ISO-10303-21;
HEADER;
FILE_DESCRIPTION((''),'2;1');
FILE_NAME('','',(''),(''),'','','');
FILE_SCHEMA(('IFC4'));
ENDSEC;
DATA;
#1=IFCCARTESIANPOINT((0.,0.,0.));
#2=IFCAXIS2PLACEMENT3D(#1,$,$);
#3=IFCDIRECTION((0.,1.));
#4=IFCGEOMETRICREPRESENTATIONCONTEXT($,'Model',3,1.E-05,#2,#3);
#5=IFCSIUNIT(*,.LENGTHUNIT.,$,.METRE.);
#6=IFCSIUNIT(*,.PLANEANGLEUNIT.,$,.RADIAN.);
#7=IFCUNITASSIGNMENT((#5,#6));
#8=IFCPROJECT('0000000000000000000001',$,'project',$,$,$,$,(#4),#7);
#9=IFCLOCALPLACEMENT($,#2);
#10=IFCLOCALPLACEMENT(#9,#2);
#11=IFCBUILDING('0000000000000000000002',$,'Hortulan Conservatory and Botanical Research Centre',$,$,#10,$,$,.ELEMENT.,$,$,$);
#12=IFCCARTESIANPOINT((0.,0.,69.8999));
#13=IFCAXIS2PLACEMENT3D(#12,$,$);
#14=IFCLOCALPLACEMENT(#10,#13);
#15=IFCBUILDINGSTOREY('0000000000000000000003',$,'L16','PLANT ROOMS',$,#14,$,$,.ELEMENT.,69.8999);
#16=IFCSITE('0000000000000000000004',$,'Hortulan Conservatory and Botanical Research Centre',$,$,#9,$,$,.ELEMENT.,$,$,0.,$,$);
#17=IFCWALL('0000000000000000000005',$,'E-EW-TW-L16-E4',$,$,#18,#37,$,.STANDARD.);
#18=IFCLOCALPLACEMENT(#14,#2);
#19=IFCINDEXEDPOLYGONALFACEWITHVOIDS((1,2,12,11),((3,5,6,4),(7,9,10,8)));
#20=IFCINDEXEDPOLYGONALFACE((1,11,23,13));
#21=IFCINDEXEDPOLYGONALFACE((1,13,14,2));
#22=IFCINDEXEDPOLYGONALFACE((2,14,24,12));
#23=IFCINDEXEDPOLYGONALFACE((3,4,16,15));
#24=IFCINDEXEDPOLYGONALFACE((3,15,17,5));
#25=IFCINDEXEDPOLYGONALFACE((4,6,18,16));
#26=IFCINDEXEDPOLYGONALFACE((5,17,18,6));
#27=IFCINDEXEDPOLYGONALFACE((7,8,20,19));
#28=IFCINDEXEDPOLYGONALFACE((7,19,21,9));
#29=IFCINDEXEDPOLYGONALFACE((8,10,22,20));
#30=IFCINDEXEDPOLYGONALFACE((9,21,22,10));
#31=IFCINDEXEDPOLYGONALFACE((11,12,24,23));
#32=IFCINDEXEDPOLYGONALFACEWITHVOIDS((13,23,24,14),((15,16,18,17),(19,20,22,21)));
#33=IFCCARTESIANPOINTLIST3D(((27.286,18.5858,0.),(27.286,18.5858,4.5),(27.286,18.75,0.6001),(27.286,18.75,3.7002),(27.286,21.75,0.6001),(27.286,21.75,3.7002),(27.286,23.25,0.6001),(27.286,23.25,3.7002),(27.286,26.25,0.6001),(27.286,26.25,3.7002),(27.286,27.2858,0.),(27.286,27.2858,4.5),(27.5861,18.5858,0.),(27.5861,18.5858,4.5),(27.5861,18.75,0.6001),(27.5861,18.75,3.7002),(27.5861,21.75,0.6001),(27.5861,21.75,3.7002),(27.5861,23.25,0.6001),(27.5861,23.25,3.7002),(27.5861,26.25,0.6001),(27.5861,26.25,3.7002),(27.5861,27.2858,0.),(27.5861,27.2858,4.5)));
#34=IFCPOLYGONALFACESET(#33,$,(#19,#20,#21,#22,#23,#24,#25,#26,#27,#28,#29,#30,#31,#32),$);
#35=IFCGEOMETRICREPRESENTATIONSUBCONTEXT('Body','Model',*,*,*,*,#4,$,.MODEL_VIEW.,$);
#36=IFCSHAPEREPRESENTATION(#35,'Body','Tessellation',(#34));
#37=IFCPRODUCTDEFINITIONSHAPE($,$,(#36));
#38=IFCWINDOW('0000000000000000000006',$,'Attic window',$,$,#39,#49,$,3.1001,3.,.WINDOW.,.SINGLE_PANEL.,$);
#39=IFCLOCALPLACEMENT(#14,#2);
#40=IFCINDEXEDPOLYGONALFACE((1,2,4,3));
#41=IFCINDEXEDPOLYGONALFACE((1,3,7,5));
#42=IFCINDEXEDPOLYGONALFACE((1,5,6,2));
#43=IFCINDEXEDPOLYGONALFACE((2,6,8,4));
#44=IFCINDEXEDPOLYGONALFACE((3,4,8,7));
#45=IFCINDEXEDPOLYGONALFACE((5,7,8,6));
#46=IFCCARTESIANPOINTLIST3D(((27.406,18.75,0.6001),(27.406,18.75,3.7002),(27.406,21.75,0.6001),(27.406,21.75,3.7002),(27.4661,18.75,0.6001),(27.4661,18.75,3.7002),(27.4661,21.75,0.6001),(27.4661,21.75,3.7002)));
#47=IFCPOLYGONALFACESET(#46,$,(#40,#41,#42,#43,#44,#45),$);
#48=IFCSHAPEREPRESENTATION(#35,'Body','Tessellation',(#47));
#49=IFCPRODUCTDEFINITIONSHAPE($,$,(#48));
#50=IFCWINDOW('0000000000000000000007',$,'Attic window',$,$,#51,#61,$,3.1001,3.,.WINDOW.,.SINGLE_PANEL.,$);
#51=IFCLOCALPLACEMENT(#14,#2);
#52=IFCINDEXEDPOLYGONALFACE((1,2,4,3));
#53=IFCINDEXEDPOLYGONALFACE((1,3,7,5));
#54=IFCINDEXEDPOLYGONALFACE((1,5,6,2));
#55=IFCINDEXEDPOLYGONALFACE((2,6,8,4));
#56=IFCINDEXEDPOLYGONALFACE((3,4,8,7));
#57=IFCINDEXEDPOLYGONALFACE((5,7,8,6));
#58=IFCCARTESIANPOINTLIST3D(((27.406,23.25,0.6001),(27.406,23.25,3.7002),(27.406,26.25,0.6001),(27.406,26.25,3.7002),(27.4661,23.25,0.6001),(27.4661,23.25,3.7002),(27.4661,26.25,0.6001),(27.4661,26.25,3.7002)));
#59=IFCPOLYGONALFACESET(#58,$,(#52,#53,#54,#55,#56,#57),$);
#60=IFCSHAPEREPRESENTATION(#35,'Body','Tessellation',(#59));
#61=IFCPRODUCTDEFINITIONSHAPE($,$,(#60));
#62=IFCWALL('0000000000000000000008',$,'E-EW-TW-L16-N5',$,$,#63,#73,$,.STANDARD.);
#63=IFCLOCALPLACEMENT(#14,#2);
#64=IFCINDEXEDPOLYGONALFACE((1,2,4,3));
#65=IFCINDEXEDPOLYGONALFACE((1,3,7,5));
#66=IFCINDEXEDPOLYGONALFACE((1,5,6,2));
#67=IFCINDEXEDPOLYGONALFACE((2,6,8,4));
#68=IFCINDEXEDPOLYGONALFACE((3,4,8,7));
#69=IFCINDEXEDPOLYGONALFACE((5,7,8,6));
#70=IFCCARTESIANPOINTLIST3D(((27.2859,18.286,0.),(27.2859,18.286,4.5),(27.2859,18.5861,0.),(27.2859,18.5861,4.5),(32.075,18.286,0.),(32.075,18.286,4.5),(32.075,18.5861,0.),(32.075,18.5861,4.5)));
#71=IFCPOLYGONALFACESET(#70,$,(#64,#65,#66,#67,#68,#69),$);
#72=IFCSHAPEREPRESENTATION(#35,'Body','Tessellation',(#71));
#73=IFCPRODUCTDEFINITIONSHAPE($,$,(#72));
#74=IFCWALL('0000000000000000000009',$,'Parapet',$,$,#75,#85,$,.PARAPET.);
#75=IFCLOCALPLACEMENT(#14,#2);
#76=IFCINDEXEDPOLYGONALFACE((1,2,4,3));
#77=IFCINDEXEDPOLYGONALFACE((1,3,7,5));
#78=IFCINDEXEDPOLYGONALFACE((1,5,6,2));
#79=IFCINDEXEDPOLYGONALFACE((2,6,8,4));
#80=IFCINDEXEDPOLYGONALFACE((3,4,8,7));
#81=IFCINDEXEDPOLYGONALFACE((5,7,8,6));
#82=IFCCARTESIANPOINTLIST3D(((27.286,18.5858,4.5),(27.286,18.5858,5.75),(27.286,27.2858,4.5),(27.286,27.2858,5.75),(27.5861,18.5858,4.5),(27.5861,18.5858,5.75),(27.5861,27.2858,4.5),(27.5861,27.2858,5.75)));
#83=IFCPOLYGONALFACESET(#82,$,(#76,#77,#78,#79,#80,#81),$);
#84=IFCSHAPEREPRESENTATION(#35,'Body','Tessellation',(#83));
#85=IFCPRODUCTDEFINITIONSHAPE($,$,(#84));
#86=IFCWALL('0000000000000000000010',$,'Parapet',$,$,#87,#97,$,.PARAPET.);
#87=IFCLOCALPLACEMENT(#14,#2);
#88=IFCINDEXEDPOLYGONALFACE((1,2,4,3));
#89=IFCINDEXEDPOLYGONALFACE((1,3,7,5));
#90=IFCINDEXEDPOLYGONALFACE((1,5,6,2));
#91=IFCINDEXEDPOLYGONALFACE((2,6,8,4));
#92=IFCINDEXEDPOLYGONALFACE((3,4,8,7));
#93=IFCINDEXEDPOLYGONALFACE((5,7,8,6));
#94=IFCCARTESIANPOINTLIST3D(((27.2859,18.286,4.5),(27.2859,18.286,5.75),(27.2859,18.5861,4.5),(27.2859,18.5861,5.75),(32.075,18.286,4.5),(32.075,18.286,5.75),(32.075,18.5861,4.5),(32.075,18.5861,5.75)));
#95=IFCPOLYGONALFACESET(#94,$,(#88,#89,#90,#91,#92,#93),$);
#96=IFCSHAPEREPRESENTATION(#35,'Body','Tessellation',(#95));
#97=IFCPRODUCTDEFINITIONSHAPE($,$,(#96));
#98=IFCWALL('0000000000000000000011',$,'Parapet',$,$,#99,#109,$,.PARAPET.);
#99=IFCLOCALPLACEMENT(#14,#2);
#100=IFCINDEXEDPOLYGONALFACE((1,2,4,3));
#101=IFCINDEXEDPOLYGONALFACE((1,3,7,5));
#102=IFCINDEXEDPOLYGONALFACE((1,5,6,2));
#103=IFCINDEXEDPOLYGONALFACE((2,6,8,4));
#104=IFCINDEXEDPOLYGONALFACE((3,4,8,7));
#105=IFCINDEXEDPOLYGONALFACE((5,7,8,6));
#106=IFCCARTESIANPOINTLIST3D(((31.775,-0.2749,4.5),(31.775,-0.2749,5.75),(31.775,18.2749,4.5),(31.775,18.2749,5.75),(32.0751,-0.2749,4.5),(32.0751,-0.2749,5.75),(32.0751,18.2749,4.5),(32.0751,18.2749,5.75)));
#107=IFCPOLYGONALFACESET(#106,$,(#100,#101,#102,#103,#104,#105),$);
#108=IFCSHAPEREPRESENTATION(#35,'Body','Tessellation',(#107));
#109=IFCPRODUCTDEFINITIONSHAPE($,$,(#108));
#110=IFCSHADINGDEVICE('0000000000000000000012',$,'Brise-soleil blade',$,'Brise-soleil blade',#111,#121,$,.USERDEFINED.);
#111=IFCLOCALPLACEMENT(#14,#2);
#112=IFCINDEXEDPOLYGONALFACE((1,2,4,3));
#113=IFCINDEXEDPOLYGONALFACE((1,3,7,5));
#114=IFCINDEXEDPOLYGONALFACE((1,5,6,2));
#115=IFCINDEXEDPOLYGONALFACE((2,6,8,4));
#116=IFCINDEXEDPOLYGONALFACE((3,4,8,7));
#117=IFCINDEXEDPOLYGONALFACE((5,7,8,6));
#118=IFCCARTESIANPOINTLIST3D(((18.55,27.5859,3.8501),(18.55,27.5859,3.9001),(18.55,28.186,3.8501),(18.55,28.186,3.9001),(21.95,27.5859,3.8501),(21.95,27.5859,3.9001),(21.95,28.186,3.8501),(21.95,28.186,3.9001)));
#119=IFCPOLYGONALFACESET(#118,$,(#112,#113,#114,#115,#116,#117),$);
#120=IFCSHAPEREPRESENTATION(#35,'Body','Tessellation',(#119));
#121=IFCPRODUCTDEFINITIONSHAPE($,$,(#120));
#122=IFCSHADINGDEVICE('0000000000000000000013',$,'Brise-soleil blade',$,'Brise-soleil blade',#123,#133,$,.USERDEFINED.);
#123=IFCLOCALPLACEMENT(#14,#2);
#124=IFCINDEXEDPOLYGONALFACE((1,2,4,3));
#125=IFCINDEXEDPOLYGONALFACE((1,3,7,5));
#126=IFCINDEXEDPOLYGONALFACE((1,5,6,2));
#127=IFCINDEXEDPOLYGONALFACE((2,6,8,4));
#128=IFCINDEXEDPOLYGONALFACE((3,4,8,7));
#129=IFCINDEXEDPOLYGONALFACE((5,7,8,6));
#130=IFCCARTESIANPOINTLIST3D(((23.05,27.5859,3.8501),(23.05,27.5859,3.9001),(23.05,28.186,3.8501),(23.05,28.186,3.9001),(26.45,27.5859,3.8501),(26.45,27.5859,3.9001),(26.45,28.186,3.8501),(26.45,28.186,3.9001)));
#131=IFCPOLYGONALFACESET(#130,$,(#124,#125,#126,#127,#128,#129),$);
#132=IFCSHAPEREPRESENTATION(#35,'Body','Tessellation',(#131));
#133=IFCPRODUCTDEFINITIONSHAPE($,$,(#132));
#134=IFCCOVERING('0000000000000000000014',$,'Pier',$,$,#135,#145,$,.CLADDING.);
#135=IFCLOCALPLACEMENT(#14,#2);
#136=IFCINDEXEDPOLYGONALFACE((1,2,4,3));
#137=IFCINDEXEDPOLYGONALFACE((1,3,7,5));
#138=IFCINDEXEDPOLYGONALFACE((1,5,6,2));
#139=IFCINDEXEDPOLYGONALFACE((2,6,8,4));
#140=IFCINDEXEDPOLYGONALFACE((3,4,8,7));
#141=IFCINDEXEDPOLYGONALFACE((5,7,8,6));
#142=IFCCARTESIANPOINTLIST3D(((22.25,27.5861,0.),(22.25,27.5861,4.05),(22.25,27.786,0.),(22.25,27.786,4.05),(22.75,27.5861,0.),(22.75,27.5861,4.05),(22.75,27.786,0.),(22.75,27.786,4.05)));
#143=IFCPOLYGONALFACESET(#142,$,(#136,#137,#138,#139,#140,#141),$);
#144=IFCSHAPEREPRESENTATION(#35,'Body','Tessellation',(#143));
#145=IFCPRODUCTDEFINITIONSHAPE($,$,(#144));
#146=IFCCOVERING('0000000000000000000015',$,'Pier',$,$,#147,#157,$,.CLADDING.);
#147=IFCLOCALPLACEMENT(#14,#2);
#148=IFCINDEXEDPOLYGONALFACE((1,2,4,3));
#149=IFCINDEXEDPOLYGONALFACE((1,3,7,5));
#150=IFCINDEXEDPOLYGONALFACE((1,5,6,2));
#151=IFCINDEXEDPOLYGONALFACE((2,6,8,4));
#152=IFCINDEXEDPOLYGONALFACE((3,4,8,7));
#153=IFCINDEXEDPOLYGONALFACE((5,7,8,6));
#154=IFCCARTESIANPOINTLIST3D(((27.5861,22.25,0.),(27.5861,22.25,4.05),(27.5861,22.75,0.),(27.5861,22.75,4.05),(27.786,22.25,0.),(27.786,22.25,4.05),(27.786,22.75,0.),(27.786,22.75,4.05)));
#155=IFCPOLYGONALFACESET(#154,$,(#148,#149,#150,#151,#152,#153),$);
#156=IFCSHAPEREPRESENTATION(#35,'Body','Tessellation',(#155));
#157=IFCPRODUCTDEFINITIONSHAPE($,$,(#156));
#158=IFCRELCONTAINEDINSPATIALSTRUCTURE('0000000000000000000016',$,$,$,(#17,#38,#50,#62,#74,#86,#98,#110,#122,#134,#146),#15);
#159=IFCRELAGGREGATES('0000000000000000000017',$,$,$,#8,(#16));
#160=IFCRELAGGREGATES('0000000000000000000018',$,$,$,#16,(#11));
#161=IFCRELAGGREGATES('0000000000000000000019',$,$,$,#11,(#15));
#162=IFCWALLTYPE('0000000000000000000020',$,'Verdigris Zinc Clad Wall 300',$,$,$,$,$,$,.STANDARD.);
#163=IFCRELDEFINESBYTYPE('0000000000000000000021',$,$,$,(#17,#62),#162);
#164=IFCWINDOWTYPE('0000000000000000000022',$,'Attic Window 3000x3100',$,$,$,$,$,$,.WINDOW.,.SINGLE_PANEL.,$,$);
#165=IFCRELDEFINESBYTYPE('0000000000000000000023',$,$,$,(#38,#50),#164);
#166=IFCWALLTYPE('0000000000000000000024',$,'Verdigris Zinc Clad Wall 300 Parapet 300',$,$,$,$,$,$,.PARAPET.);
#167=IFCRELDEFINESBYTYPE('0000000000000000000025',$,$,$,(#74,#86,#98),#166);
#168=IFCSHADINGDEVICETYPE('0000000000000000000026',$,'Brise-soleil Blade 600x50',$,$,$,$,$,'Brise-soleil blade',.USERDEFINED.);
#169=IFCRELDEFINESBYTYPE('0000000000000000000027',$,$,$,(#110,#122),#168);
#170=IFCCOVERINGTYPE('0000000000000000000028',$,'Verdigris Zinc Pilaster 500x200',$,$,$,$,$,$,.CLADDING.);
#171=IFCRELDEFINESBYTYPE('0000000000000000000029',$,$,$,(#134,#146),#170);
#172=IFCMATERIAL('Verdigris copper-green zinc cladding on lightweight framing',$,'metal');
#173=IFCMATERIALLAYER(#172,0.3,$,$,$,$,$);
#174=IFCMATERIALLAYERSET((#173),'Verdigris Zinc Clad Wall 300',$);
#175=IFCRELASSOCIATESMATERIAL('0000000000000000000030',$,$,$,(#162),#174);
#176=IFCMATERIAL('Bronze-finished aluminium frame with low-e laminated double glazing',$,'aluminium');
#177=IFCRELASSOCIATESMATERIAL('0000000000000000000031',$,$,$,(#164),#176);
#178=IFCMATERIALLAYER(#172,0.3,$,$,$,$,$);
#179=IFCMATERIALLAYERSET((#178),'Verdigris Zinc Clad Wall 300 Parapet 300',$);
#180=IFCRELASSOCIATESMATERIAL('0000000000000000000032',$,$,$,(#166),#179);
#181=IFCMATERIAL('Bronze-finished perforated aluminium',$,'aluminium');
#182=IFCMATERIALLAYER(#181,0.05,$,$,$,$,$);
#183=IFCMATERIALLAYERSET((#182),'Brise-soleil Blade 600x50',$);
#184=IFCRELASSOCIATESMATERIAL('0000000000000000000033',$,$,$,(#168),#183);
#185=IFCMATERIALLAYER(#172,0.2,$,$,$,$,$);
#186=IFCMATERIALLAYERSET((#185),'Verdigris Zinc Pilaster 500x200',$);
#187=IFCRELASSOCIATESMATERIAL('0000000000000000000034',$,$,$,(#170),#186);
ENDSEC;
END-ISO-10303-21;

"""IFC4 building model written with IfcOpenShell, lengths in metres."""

from ifc_helpers import new_model, si_unit, direction, frame, frame_2d, origin, origin_2d, place, context, subcontext, project, spatial, rectangle, extrude, material, layer, layer_set, type_object, element, fill, save


model = new_model("IFC4")

# Units and contexts
model_context = context("Model", 3, precision=1e-05, world=origin(), true_north=direction((0.0, 1.0)))
body_context = subcontext(model_context, "Body", "Model", "MODEL_VIEW")
ifc_project = project(units=[si_unit("LENGTHUNIT", "METRE"), si_unit("PLANEANGLEUNIT", "RADIAN")], contexts=[model_context])

# Site, building, storey
site_placement = place(None, origin())
site = spatial("IfcSite", under=ifc_project, at=site_placement, Name="Hortulan Conservatory and Botanical Research Centre", CompositionType="ELEMENT", RefElevation=0.0)
building_placement = place(site_placement, origin())
building = spatial("IfcBuilding", under=site, at=building_placement, Name="Hortulan Conservatory and Botanical Research Centre", CompositionType="ELEMENT")
storey_placement = place(building_placement, frame((0.0, 0.0, 69.8999)))
storey = spatial("IfcBuildingStorey", under=building, at=storey_placement, Name="L16", Description="PLANT ROOMS", CompositionType="ELEMENT", Elevation=69.8999)

# Wall, openings, windows
ifc_material_1 = material(Name="Verdigris copper-green zinc cladding on lightweight framing", Category="metal")
ifc_layer_1 = layer(ifc_material_1, 0.3)
ifc_layer_set_1 = layer_set([ifc_layer_1], Name="Verdigris Zinc Clad Wall 300")
wall_type_1 = type_object("IfcWallType", Name="Verdigris Zinc Clad Wall 300", PredefinedType="STANDARD", material=ifc_layer_set_1)
wall_1_placement = place(storey_placement, frame((27.436, 27.2859, 0.0), z_axis=(0.0, 0.0, 1.0), x_axis=(0.0, -1.0, 0.0)))
wall_1 = element("IfcWall", 1, at=wall_1_placement, inside=storey, type_object=wall_type_1, Name="E-EW-TW-L16-E4", PredefinedType="STANDARD", context=body_context, shape_type="SweptSolid", body=[
    extrude(rectangle(XDim=8.7, YDim=0.3, at=frame_2d((4.3501, 0.0))), origin(), (0.0, 0.0, 1.0), 4.5),
])
opening_1_placement = place(wall_1_placement, frame((5.5359, 0.0, 0.6001)))
opening_1 = element("IfcOpeningElement", 2, at=opening_1_placement, cuts=wall_1, PredefinedType="OPENING", context=body_context, shape_type="SweptSolid", body=[
    extrude(rectangle(XDim=3.0, YDim=3.1001, at=frame_2d((1.5, 1.55))), frame((0.0, 0.1599, 0.0), z_axis=(0.0, -1.0, 0.0), x_axis=(1.0, 0.0, 0.0)), (0.0, 0.0, 1.0), 0.3201),
])
opening_2_placement = place(wall_1_placement, frame((1.0359, 0.0, 0.6001)))
opening_2 = element("IfcOpeningElement", 3, at=opening_2_placement, cuts=wall_1, PredefinedType="OPENING", context=body_context, shape_type="SweptSolid", body=[
    extrude(rectangle(XDim=3.0, YDim=3.1001, at=frame_2d((1.5, 1.55))), frame((0.0, 0.1599, 0.0), z_axis=(0.0, -1.0, 0.0), x_axis=(1.0, 0.0, 0.0)), (0.0, 0.0, 1.0), 0.3201),
])
ifc_material_2 = material(Name="Bronze-finished aluminium frame with low-e laminated double glazing", Category="aluminium")
window_type = type_object("IfcWindowType", Name="Attic Window 3000x3100", PartitioningType="SINGLE_PANEL", PredefinedType="WINDOW", material=ifc_material_2)
window_1_placement = place(opening_1_placement, origin())
window_1 = element("IfcWindow", 4, at=window_1_placement, inside=storey, type_object=window_type, Name="Attic window", OverallHeight=3.1001, OverallWidth=3.0, PartitioningType="SINGLE_PANEL", PredefinedType="WINDOW", context=body_context, shape_type="SweptSolid", body=[
    extrude(rectangle(XDim=3.0, YDim=3.1001, at=frame_2d((1.5, 1.55))), frame((0.0, 0.03, 0.0), z_axis=(0.0, -1.0, 0.0), x_axis=(1.0, 0.0, 0.0)), (0.0, 0.0, 1.0), 0.0601),
])
fill(opening_1, window_1)
window_2_placement = place(opening_2_placement, origin())
window_2 = element("IfcWindow", 5, at=window_2_placement, inside=storey, type_object=window_type, Name="Attic window", OverallHeight=3.1001, OverallWidth=3.0, PartitioningType="SINGLE_PANEL", PredefinedType="WINDOW", context=body_context, shape_type="SweptSolid", body=[
    extrude(rectangle(XDim=3.0, YDim=3.1001, at=frame_2d((1.5, 1.55))), frame((0.0, 0.03, 0.0), z_axis=(0.0, -1.0, 0.0), x_axis=(1.0, 0.0, 0.0)), (0.0, 0.0, 1.0), 0.0601),
])
fill(opening_2, window_2)

# Walls
wall_2_placement = place(storey_placement, frame((27.2859, 18.436, 0.0), z_axis=(0.0, 0.0, 1.0), x_axis=(1.0, 0.0, 0.0)))
element("IfcWall", 6, at=wall_2_placement, inside=storey, type_object=wall_type_1, Name="E-EW-TW-L16-N5", PredefinedType="STANDARD", context=body_context, shape_type="SweptSolid", body=[
    extrude(rectangle(XDim=4.7891, YDim=0.3, at=frame_2d((2.3945, 0.0))), origin(), (0.0, 0.0, 1.0), 4.5),
])
ifc_layer_2 = layer(ifc_material_1, 0.3)
ifc_layer_set_2 = layer_set([ifc_layer_2], Name="Verdigris Zinc Clad Wall 300 Parapet 300")
wall_type_2 = type_object("IfcWallType", Name="Verdigris Zinc Clad Wall 300 Parapet 300", PredefinedType="PARAPET", material=ifc_layer_set_2)
wall_3_placement = place(storey_placement, frame((27.436, 27.2859, 4.5), z_axis=(0.0, 0.0, 1.0), x_axis=(0.0, -1.0, 0.0)))
element("IfcWall", 7, at=wall_3_placement, inside=storey, type_object=wall_type_2, Name="Parapet", PredefinedType="PARAPET", context=body_context, shape_type="SweptSolid", body=[
    extrude(rectangle(XDim=8.7, YDim=0.3, at=frame_2d((4.3501, 0.0))), origin(), (0.0, 0.0, 1.0), 1.25),
])
wall_4_placement = place(storey_placement, frame((27.2859, 18.436, 4.5), z_axis=(0.0, 0.0, 1.0), x_axis=(1.0, 0.0, 0.0)))
element("IfcWall", 8, at=wall_4_placement, inside=storey, type_object=wall_type_2, Name="Parapet", PredefinedType="PARAPET", context=body_context, shape_type="SweptSolid", body=[
    extrude(rectangle(XDim=4.7891, YDim=0.3, at=frame_2d((2.3945, 0.0))), origin(), (0.0, 0.0, 1.0), 1.25),
])
wall_5_placement = place(storey_placement, frame((31.925, 18.2749, 4.5), z_axis=(0.0, 0.0, 1.0), x_axis=(0.0, -1.0, 0.0)))
element("IfcWall", 9, at=wall_5_placement, inside=storey, type_object=wall_type_2, Name="Parapet", PredefinedType="PARAPET", context=body_context, shape_type="SweptSolid", body=[
    extrude(rectangle(XDim=18.5498, YDim=0.3, at=frame_2d((9.2749, 0.0))), origin(), (0.0, 0.0, 1.0), 1.25),
])

# Shading devices
ifc_material_3 = material(Name="Bronze-finished perforated aluminium", Category="aluminium")
ifc_layer_3 = layer(ifc_material_3, 0.05)
ifc_layer_set_3 = layer_set([ifc_layer_3], Name="Brise-soleil Blade 600x50")
shading_device_type = type_object("IfcShadingDeviceType", Name="Brise-soleil Blade 600x50", ElementType="Brise-soleil blade", PredefinedType="USERDEFINED", material=ifc_layer_set_3)
for number, where, z_axis, x_axis, name in (
    (10, (20.25, 27.886, 3.8501), (0.0, 0.0, 1.0), (1.0, 0.0, 0.0), "Brise-soleil blade"),
    (11, (24.75, 27.886, 3.8501), (0.0, 0.0, 1.0), (1.0, 0.0, 0.0), "Brise-soleil blade"),
):
    element("IfcShadingDevice", number, at=place(storey_placement, frame(where, z_axis=z_axis, x_axis=x_axis)), inside=storey, type_object=shading_device_type, Name=name, ObjectType="Brise-soleil blade", PredefinedType="USERDEFINED", context=body_context, shape_type="SweptSolid", body=[
        extrude(rectangle(XDim=3.3999, YDim=0.6001, at=origin_2d()), origin(), (0.0, 0.0, 1.0), 0.05),
    ])

# Coverings
ifc_layer_4 = layer(ifc_material_1, 0.2)
ifc_layer_set_4 = layer_set([ifc_layer_4], Name="Verdigris Zinc Pilaster 500x200")
covering_type_1 = type_object("IfcCoveringType", Name="Verdigris Zinc Pilaster 500x200", PredefinedType="CLADDING", material=ifc_layer_set_4)
for number, where, z_axis, x_axis, name in (
    (12, (22.5, 27.686, 0.0), (0.0, 0.0, 1.0), (1.0, 0.0, 0.0), "Pier"),
    (13, (27.686, 22.5, 0.0), (0.0, 0.0, 1.0), (0.0, -1.0, 0.0), "Pier"),
):
    element("IfcCovering", number, at=place(storey_placement, frame(where, z_axis=z_axis, x_axis=x_axis)), inside=storey, type_object=covering_type_1, Name=name, PredefinedType="CLADDING", context=body_context, shape_type="SweptSolid", body=[
        extrude(rectangle(XDim=0.5, YDim=0.2, at=origin_2d()), origin(), (0.0, 0.0, 1.0), 4.05),
    ])

save(model, "model.ifc")
